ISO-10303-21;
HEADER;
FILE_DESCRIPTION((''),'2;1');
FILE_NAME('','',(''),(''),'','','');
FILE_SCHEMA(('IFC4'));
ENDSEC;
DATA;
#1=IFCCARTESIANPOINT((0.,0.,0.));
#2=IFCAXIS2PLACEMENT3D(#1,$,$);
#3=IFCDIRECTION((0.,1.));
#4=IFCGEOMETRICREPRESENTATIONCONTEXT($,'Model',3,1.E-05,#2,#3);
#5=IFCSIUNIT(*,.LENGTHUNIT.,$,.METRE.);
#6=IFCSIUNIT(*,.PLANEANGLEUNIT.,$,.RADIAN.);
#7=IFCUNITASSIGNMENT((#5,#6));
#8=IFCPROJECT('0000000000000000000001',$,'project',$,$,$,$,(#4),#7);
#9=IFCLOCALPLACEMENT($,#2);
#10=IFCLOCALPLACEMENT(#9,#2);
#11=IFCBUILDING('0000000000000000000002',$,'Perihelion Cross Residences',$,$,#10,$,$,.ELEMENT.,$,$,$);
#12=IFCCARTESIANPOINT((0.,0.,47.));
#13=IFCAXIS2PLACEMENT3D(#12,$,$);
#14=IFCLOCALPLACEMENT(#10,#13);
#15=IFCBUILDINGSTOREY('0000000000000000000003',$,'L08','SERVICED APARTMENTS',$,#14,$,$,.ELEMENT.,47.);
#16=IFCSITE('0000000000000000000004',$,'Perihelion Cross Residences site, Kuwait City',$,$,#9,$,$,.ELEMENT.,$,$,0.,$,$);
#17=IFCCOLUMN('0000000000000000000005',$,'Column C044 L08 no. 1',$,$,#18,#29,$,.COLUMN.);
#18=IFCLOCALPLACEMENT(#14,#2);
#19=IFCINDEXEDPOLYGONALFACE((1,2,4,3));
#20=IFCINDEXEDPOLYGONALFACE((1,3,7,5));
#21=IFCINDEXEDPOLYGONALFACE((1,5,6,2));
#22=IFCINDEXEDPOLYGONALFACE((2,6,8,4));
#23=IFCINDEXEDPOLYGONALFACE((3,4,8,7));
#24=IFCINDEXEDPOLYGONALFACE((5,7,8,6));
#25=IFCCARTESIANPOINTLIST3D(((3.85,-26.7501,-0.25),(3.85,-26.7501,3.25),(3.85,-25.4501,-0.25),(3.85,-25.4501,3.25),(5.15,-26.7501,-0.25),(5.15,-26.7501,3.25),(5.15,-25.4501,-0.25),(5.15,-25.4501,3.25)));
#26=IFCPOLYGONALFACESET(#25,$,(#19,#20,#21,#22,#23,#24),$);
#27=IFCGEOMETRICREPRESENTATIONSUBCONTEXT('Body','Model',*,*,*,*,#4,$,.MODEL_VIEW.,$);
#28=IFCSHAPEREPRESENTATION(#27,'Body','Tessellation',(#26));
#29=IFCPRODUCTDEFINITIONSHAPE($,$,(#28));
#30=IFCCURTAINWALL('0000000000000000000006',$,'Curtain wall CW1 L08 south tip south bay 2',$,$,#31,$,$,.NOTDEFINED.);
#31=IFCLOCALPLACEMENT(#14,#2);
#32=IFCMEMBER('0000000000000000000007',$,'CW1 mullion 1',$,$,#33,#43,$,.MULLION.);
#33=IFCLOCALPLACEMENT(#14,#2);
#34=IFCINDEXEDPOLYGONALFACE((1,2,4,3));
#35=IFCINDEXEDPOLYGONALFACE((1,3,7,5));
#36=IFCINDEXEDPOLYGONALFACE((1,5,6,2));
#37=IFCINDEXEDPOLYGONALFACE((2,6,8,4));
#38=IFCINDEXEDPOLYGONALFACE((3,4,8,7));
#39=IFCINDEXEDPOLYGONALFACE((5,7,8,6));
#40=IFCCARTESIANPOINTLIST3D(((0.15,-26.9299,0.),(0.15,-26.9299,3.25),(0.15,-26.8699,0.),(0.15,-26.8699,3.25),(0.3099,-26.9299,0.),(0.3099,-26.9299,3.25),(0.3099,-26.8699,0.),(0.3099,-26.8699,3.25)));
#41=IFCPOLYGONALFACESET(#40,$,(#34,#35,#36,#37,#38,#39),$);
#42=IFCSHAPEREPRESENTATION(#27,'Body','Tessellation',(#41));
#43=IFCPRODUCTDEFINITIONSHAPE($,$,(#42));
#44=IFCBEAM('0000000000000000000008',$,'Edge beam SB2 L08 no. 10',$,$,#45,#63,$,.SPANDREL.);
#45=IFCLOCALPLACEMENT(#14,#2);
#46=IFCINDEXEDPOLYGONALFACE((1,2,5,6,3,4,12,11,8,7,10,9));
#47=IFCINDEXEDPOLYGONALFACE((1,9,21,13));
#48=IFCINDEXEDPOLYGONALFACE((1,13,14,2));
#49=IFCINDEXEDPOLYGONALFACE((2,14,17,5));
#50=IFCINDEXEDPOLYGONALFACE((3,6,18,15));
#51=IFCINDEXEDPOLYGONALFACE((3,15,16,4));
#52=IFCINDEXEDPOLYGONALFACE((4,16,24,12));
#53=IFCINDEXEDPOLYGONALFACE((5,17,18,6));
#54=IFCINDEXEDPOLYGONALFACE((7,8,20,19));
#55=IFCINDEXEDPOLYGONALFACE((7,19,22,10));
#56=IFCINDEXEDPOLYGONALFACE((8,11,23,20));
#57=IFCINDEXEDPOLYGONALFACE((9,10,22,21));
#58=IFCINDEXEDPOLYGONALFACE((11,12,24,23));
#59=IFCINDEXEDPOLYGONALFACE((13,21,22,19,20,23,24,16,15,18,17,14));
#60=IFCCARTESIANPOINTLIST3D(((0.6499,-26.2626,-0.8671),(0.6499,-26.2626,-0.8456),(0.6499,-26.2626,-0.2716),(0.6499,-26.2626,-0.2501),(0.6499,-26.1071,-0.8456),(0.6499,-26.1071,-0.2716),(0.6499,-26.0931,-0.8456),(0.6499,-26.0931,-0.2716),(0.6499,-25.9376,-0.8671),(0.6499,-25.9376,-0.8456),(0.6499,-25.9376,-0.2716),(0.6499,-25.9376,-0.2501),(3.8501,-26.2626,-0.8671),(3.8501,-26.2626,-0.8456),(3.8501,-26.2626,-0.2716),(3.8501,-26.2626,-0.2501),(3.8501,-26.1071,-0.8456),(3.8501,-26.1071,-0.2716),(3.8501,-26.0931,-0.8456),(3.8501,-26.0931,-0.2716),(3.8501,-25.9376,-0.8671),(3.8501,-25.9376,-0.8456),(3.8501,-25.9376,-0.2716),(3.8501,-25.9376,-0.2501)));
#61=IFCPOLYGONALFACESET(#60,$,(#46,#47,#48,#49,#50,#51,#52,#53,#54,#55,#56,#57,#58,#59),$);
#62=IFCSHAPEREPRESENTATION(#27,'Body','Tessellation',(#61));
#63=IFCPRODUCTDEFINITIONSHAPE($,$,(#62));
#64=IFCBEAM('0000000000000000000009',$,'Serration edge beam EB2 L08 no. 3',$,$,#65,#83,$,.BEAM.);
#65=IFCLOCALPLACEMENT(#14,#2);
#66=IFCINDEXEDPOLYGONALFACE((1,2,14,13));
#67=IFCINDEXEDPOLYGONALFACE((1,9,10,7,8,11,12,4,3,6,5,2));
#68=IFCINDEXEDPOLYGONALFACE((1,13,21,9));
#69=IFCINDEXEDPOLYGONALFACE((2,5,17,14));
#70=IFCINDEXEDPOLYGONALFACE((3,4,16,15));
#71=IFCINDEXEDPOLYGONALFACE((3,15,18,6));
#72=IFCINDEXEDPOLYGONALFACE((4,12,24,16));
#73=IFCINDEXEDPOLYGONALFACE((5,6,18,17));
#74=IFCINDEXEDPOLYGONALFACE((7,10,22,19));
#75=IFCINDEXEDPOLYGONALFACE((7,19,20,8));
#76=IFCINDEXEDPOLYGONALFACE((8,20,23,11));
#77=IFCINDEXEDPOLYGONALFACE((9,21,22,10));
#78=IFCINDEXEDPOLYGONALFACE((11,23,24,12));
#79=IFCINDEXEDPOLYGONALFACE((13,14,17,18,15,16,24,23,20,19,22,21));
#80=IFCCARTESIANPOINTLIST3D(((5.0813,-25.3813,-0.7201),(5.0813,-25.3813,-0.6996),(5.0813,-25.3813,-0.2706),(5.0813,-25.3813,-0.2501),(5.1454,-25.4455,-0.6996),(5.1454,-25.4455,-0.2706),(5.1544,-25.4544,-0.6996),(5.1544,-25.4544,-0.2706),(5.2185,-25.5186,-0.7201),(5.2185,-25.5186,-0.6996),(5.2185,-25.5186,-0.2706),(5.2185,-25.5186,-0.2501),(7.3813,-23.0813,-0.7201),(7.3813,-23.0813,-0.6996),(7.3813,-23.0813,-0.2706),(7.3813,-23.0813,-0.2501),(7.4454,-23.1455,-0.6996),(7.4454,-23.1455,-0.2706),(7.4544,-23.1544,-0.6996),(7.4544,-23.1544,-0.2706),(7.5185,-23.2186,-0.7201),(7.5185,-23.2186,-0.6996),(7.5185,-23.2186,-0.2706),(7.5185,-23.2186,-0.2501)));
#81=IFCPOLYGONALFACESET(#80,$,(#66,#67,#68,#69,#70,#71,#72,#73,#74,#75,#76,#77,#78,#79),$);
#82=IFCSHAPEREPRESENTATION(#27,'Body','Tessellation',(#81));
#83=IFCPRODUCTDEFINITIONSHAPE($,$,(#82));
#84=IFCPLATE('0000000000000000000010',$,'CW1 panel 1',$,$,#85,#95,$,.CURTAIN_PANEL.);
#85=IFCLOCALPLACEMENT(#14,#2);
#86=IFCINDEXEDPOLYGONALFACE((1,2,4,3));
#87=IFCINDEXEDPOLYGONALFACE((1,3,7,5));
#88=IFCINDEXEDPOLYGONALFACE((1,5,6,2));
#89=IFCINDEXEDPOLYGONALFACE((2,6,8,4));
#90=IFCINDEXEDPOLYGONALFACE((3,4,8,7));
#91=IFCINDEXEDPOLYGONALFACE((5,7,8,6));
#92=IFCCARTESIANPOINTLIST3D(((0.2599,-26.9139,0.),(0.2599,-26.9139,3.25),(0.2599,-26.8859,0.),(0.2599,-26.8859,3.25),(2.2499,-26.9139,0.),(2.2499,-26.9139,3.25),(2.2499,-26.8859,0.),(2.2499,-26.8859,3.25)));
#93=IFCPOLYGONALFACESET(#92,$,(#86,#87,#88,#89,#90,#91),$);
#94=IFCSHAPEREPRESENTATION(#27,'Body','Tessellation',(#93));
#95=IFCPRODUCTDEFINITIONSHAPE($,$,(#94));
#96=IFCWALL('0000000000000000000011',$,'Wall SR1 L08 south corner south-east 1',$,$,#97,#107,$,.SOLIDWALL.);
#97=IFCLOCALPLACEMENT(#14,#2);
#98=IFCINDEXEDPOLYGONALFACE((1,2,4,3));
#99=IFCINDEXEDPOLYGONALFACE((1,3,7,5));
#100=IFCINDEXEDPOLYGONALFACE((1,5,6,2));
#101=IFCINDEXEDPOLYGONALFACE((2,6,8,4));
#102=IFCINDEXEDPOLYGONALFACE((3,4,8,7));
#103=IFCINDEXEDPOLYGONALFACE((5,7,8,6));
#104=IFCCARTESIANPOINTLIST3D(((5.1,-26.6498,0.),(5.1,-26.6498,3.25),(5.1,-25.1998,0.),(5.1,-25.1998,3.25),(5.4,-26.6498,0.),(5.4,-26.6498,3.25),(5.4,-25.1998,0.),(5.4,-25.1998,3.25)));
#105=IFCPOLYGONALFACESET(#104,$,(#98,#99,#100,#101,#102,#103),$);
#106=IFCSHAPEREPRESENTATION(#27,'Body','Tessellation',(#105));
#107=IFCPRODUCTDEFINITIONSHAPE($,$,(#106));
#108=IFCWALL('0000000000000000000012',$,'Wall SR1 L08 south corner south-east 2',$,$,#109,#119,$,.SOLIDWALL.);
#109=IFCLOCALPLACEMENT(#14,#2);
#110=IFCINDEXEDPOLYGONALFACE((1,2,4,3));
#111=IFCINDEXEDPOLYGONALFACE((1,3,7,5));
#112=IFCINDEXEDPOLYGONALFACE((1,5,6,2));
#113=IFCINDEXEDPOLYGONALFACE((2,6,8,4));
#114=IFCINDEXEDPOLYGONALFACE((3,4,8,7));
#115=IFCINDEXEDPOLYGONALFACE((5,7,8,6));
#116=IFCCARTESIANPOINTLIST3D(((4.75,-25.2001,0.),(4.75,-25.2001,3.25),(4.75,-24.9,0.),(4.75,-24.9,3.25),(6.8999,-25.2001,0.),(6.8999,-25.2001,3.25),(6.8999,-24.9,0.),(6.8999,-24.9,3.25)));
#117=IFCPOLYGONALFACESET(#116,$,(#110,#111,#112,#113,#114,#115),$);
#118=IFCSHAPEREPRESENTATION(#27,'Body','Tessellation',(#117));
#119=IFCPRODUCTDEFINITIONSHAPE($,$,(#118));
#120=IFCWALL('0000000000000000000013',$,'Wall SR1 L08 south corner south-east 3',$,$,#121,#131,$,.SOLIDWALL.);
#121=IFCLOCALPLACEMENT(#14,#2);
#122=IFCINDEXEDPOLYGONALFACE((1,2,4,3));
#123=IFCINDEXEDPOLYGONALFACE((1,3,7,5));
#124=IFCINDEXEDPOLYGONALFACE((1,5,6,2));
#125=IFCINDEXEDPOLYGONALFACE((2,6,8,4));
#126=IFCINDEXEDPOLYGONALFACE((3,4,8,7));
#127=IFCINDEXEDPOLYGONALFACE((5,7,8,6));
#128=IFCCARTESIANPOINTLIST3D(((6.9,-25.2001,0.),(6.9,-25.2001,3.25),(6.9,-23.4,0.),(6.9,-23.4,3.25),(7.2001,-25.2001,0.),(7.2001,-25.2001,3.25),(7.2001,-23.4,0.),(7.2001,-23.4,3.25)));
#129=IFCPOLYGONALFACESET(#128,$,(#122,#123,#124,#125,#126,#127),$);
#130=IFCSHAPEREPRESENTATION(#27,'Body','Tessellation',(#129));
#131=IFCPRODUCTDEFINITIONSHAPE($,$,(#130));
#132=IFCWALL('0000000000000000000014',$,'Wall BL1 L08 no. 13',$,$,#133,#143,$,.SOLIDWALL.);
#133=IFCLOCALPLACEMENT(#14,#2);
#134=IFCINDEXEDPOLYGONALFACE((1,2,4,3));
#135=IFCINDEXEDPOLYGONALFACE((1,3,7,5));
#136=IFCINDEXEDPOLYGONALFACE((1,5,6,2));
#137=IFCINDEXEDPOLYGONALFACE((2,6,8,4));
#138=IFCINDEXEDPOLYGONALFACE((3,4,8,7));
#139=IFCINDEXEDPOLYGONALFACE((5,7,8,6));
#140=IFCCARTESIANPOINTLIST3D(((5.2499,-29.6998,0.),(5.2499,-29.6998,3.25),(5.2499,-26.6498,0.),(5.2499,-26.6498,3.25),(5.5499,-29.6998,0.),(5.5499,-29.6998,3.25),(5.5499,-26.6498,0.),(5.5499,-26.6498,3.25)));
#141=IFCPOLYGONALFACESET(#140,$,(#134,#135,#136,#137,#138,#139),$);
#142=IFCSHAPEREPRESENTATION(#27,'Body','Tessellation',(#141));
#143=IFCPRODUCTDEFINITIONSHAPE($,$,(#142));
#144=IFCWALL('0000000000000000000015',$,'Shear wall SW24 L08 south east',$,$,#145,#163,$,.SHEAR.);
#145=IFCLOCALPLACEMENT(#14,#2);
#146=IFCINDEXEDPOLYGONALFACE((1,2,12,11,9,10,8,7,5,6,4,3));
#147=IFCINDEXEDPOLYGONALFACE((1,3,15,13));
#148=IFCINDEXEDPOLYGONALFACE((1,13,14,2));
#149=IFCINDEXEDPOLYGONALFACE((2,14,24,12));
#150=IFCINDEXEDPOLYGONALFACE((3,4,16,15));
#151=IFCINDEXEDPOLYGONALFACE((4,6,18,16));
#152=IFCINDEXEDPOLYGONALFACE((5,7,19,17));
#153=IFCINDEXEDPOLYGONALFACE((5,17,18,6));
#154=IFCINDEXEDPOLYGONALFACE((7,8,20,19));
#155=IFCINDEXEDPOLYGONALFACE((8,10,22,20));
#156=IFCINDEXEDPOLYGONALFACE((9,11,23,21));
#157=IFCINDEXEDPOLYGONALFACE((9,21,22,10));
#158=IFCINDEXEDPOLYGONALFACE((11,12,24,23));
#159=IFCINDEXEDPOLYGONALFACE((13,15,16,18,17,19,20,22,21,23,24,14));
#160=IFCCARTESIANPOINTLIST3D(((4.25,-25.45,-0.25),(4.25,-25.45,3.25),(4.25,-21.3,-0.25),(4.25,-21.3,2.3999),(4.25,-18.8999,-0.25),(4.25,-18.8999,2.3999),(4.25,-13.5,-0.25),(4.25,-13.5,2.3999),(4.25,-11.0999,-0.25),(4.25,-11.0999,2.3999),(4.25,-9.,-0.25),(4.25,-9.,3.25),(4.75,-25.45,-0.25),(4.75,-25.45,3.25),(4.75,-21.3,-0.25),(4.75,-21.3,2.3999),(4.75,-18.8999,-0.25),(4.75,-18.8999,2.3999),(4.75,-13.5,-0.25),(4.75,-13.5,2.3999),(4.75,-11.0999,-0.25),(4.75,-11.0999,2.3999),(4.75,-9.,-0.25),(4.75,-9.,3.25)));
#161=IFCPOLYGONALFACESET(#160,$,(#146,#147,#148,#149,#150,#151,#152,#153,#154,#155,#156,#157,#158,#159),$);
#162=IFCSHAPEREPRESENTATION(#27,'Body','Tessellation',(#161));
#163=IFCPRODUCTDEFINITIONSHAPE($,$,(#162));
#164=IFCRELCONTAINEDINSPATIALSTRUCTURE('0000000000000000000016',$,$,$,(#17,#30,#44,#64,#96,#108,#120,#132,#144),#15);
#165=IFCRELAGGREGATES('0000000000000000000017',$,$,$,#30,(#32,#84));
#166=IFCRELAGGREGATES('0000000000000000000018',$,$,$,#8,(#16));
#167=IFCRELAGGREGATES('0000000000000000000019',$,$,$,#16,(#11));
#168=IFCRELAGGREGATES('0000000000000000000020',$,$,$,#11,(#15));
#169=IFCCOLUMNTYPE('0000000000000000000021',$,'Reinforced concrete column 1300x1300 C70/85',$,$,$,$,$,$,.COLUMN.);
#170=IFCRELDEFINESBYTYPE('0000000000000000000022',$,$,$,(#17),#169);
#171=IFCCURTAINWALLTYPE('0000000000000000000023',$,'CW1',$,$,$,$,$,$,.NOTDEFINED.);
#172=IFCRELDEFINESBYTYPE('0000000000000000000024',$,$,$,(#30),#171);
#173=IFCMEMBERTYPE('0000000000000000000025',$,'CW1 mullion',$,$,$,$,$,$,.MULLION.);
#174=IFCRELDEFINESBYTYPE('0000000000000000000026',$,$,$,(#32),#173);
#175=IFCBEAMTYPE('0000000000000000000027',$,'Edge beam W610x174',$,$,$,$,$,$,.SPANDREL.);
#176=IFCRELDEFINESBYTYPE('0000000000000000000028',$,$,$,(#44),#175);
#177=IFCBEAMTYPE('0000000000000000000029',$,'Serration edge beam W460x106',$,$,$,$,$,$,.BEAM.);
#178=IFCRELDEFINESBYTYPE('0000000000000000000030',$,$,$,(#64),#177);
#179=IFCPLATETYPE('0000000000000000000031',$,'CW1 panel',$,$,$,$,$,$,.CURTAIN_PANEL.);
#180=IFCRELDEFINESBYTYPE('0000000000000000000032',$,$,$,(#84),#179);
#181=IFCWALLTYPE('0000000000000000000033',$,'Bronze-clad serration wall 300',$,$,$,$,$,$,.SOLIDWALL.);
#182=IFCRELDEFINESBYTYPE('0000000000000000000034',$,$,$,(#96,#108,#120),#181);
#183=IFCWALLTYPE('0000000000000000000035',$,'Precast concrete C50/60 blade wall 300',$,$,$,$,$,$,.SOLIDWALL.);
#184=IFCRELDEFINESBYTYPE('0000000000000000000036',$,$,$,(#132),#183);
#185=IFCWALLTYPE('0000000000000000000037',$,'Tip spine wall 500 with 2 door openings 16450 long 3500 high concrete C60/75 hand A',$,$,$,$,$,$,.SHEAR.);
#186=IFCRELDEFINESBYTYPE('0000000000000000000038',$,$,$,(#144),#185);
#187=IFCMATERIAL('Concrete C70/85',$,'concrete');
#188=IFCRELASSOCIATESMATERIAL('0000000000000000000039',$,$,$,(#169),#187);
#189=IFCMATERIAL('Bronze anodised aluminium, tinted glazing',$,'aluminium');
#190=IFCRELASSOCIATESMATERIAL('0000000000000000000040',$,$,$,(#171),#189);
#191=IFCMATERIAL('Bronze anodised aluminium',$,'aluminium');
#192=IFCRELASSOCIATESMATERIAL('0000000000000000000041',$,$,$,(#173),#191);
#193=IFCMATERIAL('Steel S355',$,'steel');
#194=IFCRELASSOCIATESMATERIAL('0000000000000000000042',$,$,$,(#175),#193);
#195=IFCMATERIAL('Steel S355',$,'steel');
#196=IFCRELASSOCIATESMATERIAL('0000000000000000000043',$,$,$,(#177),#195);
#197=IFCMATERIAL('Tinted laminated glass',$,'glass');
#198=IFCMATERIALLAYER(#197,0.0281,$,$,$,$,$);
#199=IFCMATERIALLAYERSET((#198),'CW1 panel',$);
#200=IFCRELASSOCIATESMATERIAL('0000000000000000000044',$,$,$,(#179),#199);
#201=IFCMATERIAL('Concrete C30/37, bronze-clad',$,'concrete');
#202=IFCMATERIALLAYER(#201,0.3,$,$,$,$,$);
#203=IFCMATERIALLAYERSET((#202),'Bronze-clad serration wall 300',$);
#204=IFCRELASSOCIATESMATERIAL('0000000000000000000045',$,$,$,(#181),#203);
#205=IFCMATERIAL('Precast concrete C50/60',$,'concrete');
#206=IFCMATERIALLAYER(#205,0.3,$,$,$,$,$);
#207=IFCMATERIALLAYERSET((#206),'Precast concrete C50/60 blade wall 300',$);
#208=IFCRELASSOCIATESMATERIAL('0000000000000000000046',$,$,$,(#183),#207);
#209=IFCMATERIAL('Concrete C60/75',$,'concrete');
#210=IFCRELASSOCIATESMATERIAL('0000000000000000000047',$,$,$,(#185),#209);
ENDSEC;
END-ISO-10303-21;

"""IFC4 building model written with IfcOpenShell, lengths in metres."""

from ifc_helpers import new_model, si_unit, direction, frame, frame_2d, origin, origin_2d, place, context, subcontext, project, spatial, polyline, rectangle, i_section, outline, extrude, material, layer, layer_set, material_profile, profile_set, type_object, element, aggregate, save


model = new_model("IFC4")

# Units and contexts
model_context = context("Model", 3, precision=1e-05, world=origin(), true_north=direction((0.0, 1.0)))
body_context = subcontext(model_context, "Body", "Model", "MODEL_VIEW")
ifc_project = project(units=[si_unit("LENGTHUNIT", "METRE"), si_unit("PLANEANGLEUNIT", "RADIAN")], contexts=[model_context])

# Site, building, storey
site_placement = place(None, origin())
site = spatial("IfcSite", under=ifc_project, at=site_placement, Name="Perihelion Cross Residences site, Kuwait City", CompositionType="ELEMENT", RefElevation=0.0)
building_placement = place(site_placement, origin())
building = spatial("IfcBuilding", under=site, at=building_placement, Name="Perihelion Cross Residences", CompositionType="ELEMENT")
storey_placement = place(building_placement, frame((0.0, 0.0, 47.0)))
storey = spatial("IfcBuildingStorey", under=building, at=storey_placement, Name="L08", Description="SERVICED APARTMENTS", CompositionType="ELEMENT", Elevation=47.0)

# Column
ifc_material_1 = material(Name="Concrete C70/85", Category="concrete")
ifc_material_profile_1 = material_profile(ifc_material_1, rectangle(XDim=1.3, YDim=1.3, at=origin_2d()), Name="RC 1300x1300")
ifc_profile_set_1 = profile_set([ifc_material_profile_1], Name="Concrete C70/85")
column_type = type_object("IfcColumnType", Name="Reinforced concrete column 1300x1300 C70/85", PredefinedType="COLUMN", material=ifc_profile_set_1)
column_placement = place(storey_placement, frame((4.5, -26.1001, -0.25), z_axis=(0.0, 0.0, 1.0), x_axis=(1.0, 0.0, 0.0)))
element("IfcColumn", 1, at=column_placement, inside=storey, type_object=column_type, Name="Column C044 L08 no. 1", PredefinedType="COLUMN", context=body_context, shape_type="SweptSolid", body=[
    extrude(rectangle(XDim=1.3, YDim=1.3, at=origin_2d()), origin(), (0.0, 0.0, 1.0), 3.5),
])

# Curtain wall, member
ifc_material_2 = material(Name="Bronze anodised aluminium, tinted glazing", Category="aluminium")
curtain_wall_type = type_object("IfcCurtainWallType", Name="CW1", PredefinedType="NOTDEFINED", material=ifc_material_2)
curtain_wall_placement = place(storey_placement, origin())
curtain_wall = element("IfcCurtainWall", 2, at=curtain_wall_placement, inside=storey, type_object=curtain_wall_type, Name="Curtain wall CW1 L08 south tip south bay 2", PredefinedType="NOTDEFINED")
ifc_material_3 = material(Name="Bronze anodised aluminium", Category="aluminium")
ifc_material_profile_2 = material_profile(ifc_material_3, rectangle(XDim=0.0601, YDim=0.1599, at=origin_2d()), Name="CW1 mullion")
ifc_profile_set_2 = profile_set([ifc_material_profile_2], Name="Bronze anodised aluminium")
member_type = type_object("IfcMemberType", Name="CW1 mullion", PredefinedType="MULLION", material=ifc_profile_set_2)
member_placement = place(storey_placement, frame((0.23, -26.8999, 0.0), z_axis=(0.0, 0.0, 1.0), x_axis=(0.0, 1.0, 0.0)))
member = element("IfcMember", 3, at=member_placement, type_object=member_type, Name="CW1 mullion 1", PredefinedType="MULLION", context=body_context, shape_type="SweptSolid", body=[
    extrude(rectangle(XDim=0.0601, YDim=0.1599, at=origin_2d()), origin(), (0.0, 0.0, 1.0), 3.25),
])

# Beams
ifc_material_4 = material(Name="Steel S355", Category="steel")
ifc_material_profile_3 = material_profile(ifc_material_4, i_section(OverallWidth=0.325, OverallDepth=0.6169, WebThickness=0.0139, FlangeThickness=0.0215, at=origin_2d()), Name="W610x174")
ifc_profile_set_3 = profile_set([ifc_material_profile_3], Name="Steel S355")
beam_type_1 = type_object("IfcBeamType", Name="Edge beam W610x174", PredefinedType="SPANDREL", material=ifc_profile_set_3)
beam_1_placement = place(storey_placement, frame((0.6499, -26.1001, -0.5586), z_axis=(1.0, 0.0, 0.0), x_axis=(0.0, 1.0, 0.0)))
element("IfcBeam", 4, at=beam_1_placement, inside=storey, type_object=beam_type_1, Name="Edge beam SB2 L08 no. 10", PredefinedType="SPANDREL", context=body_context, shape_type="SweptSolid", body=[
    extrude(i_section(OverallWidth=0.325, OverallDepth=0.6169, WebThickness=0.0139, FlangeThickness=0.0215, at=origin_2d()), origin(), (0.0, 0.0, 1.0), 3.2002),
])
ifc_material_5 = material(Name="Steel S355", Category="steel")
ifc_material_profile_4 = material_profile(ifc_material_5, i_section(OverallWidth=0.1941, OverallDepth=0.47, WebThickness=0.0127, FlangeThickness=0.0205, at=origin_2d()), Name="W460x106")
ifc_profile_set_4 = profile_set([ifc_material_profile_4], Name="Steel S355")
beam_type_2 = type_object("IfcBeamType", Name="Serration edge beam W460x106", PredefinedType="BEAM", material=ifc_profile_set_4)
beam_2_placement = place(storey_placement, frame((5.1499, -25.45, -0.4851), z_axis=(0.707107, 0.707107, 0.0), x_axis=(-0.707107, 0.707107, 0.0)))
element("IfcBeam", 5, at=beam_2_placement, inside=storey, type_object=beam_type_2, Name="Serration edge beam EB2 L08 no. 3", PredefinedType="BEAM", context=body_context, shape_type="SweptSolid", body=[
    extrude(i_section(OverallWidth=0.1941, OverallDepth=0.47, WebThickness=0.0127, FlangeThickness=0.0205, at=origin_2d()), origin(), (0.0, 0.0, 1.0), 3.2527),
])

# Plate
ifc_material_6 = material(Name="Tinted laminated glass", Category="glass")
ifc_layer_1 = layer(ifc_material_6, 0.0281)
ifc_layer_set_1 = layer_set([ifc_layer_1], Name="CW1 panel")
plate_type = type_object("IfcPlateType", Name="CW1 panel", PredefinedType="CURTAIN_PANEL", material=ifc_layer_set_1)
plate_placement = place(storey_placement, frame((1.2549, -26.8999, 0.0), z_axis=(0.0, 0.0, 1.0), x_axis=(1.0, 0.0, 0.0)))
plate = element("IfcPlate", 6, at=plate_placement, type_object=plate_type, Name="CW1 panel 1", PredefinedType="CURTAIN_PANEL", context=body_context, shape_type="SweptSolid", body=[
    extrude(rectangle(XDim=1.99, YDim=0.0281, at=origin_2d()), origin(), (0.0, 0.0, 1.0), 3.25),
])
aggregate(curtain_wall, [member, plate])

# Walls
ifc_material_7 = material(Name="Concrete C30/37, bronze-clad", Category="concrete")
ifc_layer_2 = layer(ifc_material_7, 0.3)
ifc_layer_set_2 = layer_set([ifc_layer_2], Name="Bronze-clad serration wall 300")
wall_type_1 = type_object("IfcWallType", Name="Bronze-clad serration wall 300", PredefinedType="SOLIDWALL", material=ifc_layer_set_2)
wall_1_placement = place(storey_placement, frame((5.25, -26.6499, 0.0), z_axis=(0.0, 0.0, 1.0), x_axis=(0.0, 1.0, 0.0)))
element("IfcWall", 7, at=wall_1_placement, inside=storey, type_object=wall_type_1, Name="Wall SR1 L08 south corner south-east 1", PredefinedType="SOLIDWALL", context=body_context, shape_type="SweptSolid", body=[
    extrude(rectangle(XDim=1.45, YDim=0.3, at=frame_2d((0.7251, 0.0))), origin(), (0.0, 0.0, 1.0), 3.25),
])
wall_2_placement = place(storey_placement, frame((4.75, -25.05, 0.0), z_axis=(0.0, 0.0, 1.0), x_axis=(1.0, 0.0, 0.0)))
element("IfcWall", 8, at=wall_2_placement, inside=storey, type_object=wall_type_1, Name="Wall SR1 L08 south corner south-east 2", PredefinedType="SOLIDWALL", context=body_context, shape_type="SweptSolid", body=[
    extrude(rectangle(XDim=2.1499, YDim=0.3, at=frame_2d((1.075, 0.0))), origin(), (0.0, 0.0, 1.0), 3.25),
])
wall_3_placement = place(storey_placement, frame((7.05, -25.2, 0.0), z_axis=(0.0, 0.0, 1.0), x_axis=(0.0, 1.0, 0.0)))
element("IfcWall", 9, at=wall_3_placement, inside=storey, type_object=wall_type_1, Name="Wall SR1 L08 south corner south-east 3", PredefinedType="SOLIDWALL", context=body_context, shape_type="SweptSolid", body=[
    extrude(rectangle(XDim=1.8, YDim=0.3, at=frame_2d((0.8999, 0.0))), origin(), (0.0, 0.0, 1.0), 3.25),
])
ifc_material_8 = material(Name="Precast concrete C50/60", Category="concrete")
ifc_layer_3 = layer(ifc_material_8, 0.3)
ifc_layer_set_3 = layer_set([ifc_layer_3], Name="Precast concrete C50/60 blade wall 300")
wall_type_2 = type_object("IfcWallType", Name="Precast concrete C50/60 blade wall 300", PredefinedType="SOLIDWALL", material=ifc_layer_set_3)
wall_4_placement = place(storey_placement, frame((5.3999, -26.6499, 0.0), z_axis=(0.0, 0.0, 1.0), x_axis=(0.0, -1.0, 0.0)))
element("IfcWall", 10, at=wall_4_placement, inside=storey, type_object=wall_type_2, Name="Wall BL1 L08 no. 13", PredefinedType="SOLIDWALL", context=body_context, shape_type="SweptSolid", body=[
    extrude(rectangle(XDim=3.05, YDim=0.3, at=frame_2d((1.5249, 0.0))), origin(), (0.0, 0.0, 1.0), 3.25),
])
ifc_material_9 = material(Name="Concrete C60/75", Category="concrete")
ifc_material_profile_5 = material_profile(ifc_material_9, outline(polyline([(0.0, 0.0), (4.1499, 0.0), (4.1499, 2.6499), (6.55, 2.6499), (6.55, 0.0), (11.95, 0.0), (11.95, 2.6499), (14.3501, 2.6499), (14.3501, 0.0), (16.45, 0.0), (16.45, 3.5), (0.0, 3.5), (0.0, 0.0)])), Name="Tip spine wall")
ifc_profile_set_5 = profile_set([ifc_material_profile_5], Name="Concrete C60/75")
wall_type_3 = type_object("IfcWallType", Name="Tip spine wall 500 with 2 door openings 16450 long 3500 high concrete C60/75 hand A", PredefinedType="SHEAR", material=ifc_profile_set_5)
wall_5_placement = place(storey_placement, frame((4.25, -25.45, -0.25), z_axis=(1.0, 0.0, 0.0), x_axis=(0.0, 1.0, 0.0)))
element("IfcWall", 11, at=wall_5_placement, inside=storey, type_object=wall_type_3, Name="Shear wall SW24 L08 south east", PredefinedType="SHEAR", context=body_context, shape_type="SweptSolid", body=[
    extrude(outline(polyline([(0.0, 0.0), (4.1499, 0.0), (4.1499, 2.6499), (6.55, 2.6499), (6.55, 0.0), (11.95, 0.0), (11.95, 2.6499), (14.3501, 2.6499), (14.3501, 0.0), (16.45, 0.0), (16.45, 3.5), (0.0, 3.5), (0.0, 0.0)])), origin(), (0.0, 0.0, 1.0), 0.5),
])

save(model, "model.ifc")
